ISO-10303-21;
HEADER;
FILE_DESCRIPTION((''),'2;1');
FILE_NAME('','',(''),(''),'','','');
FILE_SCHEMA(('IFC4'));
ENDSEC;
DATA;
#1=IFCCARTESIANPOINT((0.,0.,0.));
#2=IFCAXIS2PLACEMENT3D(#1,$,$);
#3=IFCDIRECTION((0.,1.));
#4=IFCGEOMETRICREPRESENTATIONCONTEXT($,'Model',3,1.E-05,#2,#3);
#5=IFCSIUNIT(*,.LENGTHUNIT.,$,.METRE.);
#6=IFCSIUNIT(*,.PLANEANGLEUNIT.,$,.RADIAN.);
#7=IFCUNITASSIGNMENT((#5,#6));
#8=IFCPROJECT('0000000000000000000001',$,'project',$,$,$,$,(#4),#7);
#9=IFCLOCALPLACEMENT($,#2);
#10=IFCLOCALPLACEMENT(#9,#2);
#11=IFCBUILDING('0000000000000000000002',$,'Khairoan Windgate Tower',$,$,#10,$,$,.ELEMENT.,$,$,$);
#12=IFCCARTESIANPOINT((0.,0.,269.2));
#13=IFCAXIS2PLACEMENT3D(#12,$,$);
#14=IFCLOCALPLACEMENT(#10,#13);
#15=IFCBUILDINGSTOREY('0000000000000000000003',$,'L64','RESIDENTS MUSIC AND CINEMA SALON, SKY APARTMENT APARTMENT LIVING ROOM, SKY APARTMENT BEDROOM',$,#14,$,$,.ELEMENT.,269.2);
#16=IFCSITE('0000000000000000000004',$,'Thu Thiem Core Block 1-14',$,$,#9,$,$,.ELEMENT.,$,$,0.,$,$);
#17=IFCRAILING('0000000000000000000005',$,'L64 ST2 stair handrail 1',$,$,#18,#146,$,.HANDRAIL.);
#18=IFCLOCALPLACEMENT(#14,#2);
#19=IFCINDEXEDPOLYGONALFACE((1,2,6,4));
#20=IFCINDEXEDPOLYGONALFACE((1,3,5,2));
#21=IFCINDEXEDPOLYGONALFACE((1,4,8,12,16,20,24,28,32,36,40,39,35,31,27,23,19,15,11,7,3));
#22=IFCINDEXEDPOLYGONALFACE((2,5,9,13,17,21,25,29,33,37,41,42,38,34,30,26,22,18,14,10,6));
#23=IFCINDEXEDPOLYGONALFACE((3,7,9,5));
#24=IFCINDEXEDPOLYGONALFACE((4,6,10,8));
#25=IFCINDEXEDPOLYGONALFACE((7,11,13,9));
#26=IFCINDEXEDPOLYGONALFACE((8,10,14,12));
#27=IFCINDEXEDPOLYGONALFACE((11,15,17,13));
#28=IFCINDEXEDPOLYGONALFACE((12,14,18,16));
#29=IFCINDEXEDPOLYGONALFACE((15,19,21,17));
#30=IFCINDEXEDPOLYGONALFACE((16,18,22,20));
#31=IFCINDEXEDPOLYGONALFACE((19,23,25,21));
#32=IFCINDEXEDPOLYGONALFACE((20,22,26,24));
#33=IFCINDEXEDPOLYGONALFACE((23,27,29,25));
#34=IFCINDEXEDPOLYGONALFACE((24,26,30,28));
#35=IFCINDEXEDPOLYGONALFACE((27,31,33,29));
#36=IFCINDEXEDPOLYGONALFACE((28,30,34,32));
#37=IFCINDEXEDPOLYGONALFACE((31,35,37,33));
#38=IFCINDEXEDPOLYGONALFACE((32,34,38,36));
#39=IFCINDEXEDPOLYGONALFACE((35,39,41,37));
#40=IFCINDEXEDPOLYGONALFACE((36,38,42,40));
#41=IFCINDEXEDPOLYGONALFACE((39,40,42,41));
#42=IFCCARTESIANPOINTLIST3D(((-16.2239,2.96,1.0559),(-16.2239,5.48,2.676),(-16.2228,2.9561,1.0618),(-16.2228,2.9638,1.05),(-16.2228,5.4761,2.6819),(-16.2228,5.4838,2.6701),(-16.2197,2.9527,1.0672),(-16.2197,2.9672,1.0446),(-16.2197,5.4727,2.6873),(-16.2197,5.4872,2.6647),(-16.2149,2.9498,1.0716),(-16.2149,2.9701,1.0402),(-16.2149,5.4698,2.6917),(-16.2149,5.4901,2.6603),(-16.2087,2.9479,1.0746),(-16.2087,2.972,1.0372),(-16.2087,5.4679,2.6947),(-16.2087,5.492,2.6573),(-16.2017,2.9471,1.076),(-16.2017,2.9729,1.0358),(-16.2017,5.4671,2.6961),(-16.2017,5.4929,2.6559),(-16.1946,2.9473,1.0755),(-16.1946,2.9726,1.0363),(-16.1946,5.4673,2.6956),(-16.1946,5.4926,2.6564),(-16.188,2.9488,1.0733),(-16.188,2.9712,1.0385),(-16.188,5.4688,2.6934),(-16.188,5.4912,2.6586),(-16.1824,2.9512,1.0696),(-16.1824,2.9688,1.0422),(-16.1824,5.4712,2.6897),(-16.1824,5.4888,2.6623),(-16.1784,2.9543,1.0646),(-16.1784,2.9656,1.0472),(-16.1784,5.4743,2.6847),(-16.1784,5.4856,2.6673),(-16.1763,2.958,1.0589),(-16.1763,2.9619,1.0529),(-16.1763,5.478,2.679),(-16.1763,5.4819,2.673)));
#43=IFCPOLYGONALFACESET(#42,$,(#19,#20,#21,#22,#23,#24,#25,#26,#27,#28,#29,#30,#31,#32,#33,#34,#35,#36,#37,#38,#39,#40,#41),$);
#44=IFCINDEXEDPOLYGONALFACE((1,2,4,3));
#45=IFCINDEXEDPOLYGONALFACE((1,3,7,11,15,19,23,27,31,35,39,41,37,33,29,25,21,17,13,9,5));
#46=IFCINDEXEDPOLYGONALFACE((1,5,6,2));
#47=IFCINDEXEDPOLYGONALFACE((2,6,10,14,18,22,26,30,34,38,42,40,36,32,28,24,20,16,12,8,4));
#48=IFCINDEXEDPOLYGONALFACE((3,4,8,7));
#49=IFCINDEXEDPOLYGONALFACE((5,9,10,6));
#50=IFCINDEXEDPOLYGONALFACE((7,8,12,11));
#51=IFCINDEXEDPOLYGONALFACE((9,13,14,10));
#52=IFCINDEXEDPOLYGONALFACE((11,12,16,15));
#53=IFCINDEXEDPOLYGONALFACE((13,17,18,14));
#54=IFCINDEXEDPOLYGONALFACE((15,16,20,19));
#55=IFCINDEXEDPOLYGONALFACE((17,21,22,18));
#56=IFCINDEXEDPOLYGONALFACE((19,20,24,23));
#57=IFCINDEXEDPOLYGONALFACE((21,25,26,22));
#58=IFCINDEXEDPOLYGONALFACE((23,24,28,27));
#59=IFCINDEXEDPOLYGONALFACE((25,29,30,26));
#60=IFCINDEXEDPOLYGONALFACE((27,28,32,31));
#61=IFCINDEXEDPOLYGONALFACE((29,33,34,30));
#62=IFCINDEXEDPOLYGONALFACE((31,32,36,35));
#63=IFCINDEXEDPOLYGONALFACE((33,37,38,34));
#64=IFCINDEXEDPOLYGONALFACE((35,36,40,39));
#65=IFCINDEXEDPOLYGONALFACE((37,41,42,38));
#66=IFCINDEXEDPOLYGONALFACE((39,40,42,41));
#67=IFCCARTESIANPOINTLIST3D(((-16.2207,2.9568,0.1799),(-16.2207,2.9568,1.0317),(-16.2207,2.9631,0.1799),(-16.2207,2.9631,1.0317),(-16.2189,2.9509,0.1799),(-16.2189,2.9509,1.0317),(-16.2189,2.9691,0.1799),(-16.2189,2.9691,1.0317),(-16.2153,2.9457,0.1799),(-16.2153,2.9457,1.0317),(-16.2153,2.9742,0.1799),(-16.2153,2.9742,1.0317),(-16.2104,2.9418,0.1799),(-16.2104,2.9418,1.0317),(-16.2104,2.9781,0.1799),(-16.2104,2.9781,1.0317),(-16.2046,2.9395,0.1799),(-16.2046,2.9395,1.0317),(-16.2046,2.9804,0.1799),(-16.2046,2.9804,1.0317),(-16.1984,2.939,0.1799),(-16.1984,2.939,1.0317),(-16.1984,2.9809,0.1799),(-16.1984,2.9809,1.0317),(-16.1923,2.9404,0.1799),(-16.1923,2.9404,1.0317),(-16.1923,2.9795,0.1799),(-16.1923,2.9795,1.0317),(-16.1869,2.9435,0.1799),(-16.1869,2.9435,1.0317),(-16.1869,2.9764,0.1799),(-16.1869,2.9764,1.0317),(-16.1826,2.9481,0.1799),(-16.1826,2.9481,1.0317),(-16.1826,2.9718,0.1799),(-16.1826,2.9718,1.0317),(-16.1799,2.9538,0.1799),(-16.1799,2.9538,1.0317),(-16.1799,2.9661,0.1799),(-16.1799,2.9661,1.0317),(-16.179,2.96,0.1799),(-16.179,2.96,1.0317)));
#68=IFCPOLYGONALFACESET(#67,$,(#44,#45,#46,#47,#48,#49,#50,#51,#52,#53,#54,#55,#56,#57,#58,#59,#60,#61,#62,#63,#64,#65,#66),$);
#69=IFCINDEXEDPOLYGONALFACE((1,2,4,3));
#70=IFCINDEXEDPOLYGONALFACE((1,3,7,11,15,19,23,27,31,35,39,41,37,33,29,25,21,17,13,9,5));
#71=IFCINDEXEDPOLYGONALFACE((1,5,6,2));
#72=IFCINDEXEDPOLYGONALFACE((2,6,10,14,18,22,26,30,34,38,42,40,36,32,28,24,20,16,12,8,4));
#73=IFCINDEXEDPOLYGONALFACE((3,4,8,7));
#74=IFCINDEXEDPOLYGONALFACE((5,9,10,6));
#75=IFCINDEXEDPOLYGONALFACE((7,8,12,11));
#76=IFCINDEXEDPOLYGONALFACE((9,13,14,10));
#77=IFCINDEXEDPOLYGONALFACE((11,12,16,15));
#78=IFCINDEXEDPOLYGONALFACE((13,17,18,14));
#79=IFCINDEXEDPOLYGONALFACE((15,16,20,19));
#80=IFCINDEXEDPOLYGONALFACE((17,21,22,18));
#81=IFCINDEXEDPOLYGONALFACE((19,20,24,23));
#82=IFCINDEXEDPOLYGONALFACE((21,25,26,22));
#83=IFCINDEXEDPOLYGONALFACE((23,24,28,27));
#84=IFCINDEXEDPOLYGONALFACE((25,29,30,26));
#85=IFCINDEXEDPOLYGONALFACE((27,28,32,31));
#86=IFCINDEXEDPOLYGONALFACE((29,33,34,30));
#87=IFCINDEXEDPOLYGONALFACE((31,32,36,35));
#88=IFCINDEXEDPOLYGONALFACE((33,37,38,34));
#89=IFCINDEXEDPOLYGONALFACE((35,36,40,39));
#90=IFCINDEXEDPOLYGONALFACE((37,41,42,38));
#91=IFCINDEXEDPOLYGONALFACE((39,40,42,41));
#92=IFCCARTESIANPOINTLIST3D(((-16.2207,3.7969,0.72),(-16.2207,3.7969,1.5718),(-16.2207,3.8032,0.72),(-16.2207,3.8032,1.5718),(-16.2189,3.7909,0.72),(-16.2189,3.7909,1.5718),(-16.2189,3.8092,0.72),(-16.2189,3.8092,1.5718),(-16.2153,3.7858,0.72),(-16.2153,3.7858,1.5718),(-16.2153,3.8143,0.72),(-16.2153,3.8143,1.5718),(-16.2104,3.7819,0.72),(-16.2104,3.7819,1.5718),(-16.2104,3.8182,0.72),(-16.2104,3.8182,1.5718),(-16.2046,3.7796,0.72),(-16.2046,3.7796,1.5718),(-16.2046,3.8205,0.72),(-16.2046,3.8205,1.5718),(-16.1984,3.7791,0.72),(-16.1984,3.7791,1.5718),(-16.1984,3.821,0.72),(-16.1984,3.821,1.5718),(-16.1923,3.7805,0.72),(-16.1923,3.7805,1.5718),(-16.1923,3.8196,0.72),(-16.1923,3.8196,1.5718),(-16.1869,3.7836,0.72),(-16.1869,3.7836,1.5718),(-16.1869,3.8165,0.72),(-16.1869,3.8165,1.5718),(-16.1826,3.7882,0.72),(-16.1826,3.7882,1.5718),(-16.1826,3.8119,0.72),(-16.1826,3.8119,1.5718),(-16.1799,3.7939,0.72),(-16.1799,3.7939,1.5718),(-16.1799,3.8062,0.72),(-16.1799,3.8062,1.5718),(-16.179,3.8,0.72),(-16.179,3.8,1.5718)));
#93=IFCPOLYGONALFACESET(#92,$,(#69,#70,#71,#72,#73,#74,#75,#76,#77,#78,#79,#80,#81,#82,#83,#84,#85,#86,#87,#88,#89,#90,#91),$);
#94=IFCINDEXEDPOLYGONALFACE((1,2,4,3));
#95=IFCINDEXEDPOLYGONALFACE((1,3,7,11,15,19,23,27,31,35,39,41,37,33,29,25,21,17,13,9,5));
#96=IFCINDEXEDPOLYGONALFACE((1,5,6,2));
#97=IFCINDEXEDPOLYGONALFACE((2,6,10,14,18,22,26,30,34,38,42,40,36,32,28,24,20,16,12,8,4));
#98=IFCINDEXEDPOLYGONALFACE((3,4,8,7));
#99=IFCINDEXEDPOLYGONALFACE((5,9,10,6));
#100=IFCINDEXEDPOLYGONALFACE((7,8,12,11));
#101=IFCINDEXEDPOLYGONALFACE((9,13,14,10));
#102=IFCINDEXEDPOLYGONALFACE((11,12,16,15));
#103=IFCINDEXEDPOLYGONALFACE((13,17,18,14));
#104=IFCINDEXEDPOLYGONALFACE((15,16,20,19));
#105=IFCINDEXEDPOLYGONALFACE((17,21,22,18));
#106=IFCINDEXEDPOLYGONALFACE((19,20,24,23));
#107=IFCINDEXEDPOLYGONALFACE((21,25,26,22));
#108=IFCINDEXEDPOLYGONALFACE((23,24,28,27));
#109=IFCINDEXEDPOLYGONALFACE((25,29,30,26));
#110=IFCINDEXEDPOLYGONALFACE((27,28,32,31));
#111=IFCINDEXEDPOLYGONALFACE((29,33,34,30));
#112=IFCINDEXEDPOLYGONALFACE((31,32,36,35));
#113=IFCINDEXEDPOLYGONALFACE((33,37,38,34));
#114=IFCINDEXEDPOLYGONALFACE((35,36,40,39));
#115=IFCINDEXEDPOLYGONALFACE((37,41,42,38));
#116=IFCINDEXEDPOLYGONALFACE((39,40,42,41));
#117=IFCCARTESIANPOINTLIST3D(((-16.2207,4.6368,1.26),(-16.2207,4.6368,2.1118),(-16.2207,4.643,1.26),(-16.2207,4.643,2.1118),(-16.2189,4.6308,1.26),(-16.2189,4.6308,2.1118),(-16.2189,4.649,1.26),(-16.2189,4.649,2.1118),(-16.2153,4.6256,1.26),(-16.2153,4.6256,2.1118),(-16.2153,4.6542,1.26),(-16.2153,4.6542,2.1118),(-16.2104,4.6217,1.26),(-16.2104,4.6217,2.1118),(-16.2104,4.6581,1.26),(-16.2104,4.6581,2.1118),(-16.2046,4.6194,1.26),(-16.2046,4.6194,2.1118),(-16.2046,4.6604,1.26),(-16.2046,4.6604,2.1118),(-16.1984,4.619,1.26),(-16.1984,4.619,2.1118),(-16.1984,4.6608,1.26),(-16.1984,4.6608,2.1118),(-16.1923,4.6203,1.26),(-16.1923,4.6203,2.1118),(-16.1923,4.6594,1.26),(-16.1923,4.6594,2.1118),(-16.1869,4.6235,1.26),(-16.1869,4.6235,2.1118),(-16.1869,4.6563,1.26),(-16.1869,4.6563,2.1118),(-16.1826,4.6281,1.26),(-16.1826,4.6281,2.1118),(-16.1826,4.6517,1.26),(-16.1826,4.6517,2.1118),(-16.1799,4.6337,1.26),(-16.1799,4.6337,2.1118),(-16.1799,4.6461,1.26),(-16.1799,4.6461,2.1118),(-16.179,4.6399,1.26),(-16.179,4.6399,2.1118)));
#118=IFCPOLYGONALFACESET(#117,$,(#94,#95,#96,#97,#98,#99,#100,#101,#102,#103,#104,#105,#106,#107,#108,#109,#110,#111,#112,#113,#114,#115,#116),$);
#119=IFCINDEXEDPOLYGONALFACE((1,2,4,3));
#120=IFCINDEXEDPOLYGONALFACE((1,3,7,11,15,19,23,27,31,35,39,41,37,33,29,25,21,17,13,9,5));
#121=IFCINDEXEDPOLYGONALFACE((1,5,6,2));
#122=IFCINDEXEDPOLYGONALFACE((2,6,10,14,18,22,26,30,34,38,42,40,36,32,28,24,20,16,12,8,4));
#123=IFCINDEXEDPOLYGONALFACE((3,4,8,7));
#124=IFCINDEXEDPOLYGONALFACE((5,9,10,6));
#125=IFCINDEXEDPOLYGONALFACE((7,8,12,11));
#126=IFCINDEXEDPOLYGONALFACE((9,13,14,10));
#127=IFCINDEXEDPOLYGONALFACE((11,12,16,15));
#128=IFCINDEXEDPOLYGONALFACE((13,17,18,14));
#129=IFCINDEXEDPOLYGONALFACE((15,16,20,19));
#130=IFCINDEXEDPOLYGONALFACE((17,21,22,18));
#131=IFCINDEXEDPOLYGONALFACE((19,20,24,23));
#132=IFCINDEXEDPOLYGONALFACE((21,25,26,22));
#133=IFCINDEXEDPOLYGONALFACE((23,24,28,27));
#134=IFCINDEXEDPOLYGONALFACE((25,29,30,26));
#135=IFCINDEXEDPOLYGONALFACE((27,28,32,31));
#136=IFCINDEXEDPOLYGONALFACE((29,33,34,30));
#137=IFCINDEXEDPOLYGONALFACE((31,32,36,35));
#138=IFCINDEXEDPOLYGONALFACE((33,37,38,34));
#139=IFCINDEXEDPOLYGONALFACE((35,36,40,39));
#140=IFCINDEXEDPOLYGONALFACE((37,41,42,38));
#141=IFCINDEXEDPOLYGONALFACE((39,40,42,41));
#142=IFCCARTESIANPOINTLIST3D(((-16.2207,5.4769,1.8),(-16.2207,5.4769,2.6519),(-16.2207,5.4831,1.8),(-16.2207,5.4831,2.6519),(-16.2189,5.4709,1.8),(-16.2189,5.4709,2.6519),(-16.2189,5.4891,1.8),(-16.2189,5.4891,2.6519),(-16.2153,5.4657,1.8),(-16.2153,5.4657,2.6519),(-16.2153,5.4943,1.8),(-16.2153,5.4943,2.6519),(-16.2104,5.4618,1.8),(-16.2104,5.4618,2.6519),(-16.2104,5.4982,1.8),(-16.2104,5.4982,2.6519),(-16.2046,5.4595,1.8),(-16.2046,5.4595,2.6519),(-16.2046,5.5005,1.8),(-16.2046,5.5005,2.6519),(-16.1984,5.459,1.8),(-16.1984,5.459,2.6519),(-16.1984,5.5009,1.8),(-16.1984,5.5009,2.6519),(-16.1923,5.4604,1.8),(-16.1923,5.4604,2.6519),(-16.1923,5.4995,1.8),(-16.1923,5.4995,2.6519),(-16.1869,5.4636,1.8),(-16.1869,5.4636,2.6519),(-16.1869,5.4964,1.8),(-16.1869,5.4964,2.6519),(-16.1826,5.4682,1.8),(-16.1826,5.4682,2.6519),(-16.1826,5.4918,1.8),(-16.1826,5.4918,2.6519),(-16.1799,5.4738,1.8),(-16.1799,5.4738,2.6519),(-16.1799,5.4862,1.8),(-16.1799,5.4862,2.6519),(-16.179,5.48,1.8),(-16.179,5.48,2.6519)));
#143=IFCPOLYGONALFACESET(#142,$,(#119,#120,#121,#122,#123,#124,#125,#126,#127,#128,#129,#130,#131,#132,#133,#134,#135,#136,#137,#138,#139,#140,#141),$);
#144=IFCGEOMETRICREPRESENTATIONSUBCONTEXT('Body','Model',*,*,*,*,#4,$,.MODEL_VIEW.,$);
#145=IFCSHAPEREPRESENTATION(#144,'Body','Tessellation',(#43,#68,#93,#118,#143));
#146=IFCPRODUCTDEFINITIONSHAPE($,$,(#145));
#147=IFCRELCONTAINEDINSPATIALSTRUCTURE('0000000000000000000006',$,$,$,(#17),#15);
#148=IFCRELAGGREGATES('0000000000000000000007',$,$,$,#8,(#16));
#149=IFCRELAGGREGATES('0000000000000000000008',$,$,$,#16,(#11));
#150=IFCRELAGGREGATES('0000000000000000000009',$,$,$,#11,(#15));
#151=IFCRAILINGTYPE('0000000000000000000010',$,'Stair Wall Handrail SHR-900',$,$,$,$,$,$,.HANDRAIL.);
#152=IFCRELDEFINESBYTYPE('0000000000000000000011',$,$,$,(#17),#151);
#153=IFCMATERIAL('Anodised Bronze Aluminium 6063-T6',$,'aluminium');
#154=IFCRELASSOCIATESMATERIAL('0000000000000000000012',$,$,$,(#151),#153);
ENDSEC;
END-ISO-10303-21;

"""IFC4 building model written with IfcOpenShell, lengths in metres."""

from ifc_helpers import new_model, si_unit, direction, frame, origin, origin_2d, place, context, subcontext, project, spatial, circle, extrude, material, type_object, element, save


model = new_model("IFC4")

# Units and contexts
model_context = context("Model", 3, precision=1e-05, world=origin(), true_north=direction((0.0, 1.0)))
body_context = subcontext(model_context, "Body", "Model", "MODEL_VIEW")
ifc_project = project(units=[si_unit("LENGTHUNIT", "METRE"), si_unit("PLANEANGLEUNIT", "RADIAN")], contexts=[model_context])

# Site, building, storey
site_placement = place(None, origin())
site = spatial("IfcSite", under=ifc_project, at=site_placement, Name="Thu Thiem Core Block 1-14", CompositionType="ELEMENT", RefElevation=0.0)
building_placement = place(site_placement, origin())
building = spatial("IfcBuilding", under=site, at=building_placement, Name="Khairoan Windgate Tower", CompositionType="ELEMENT")
storey_placement = place(building_placement, frame((0.0, 0.0, 269.2)))
storey = spatial("IfcBuildingStorey", under=building, at=storey_placement, Name="L64", Description="RESIDENTS MUSIC AND CINEMA SALON, SKY APARTMENT APARTMENT LIVING ROOM, SKY APARTMENT BEDROOM", CompositionType="ELEMENT", Elevation=269.2)

# Railing
ifc_material_1 = material(Name="Anodised Bronze Aluminium 6063-T6", Category="aluminium")
railing_type_1 = type_object("IfcRailingType", Name="Stair Wall Handrail SHR-900", PredefinedType="HANDRAIL", material=ifc_material_1)
railing_1_placement = place(storey_placement, frame((-16.2, 2.96, 0.1799)))
element("IfcRailing", 1, at=railing_1_placement, inside=storey, type_object=railing_type_1, Name="L64 ST2 stair handrail 1", PredefinedType="HANDRAIL", context=body_context, shape_type="SweptSolid", body=[
    extrude(circle(Radius=0.0239, at=origin_2d()), frame((0.0, 0.0, 0.876), z_axis=(0.0, 0.841163, 0.540782), x_axis=(-1.0, 0.0, 0.0)), (0.0, 0.0, 1.0), 2.9958),
    extrude(circle(Radius=0.021, at=origin_2d()), origin(), (0.0, 0.0, 1.0), 0.8518),
    extrude(circle(Radius=0.021, at=origin_2d()), frame((0.0, 0.8401, 0.54)), (0.0, 0.0, 1.0), 0.8518),
    extrude(circle(Radius=0.021, at=origin_2d()), frame((0.0, 1.6799, 1.0801)), (0.0, 0.0, 1.0), 0.8518),
    extrude(circle(Radius=0.021, at=origin_2d()), frame((0.0, 2.52, 1.6201)), (0.0, 0.0, 1.0), 0.8518),
])

save(model, "model.ifc")
